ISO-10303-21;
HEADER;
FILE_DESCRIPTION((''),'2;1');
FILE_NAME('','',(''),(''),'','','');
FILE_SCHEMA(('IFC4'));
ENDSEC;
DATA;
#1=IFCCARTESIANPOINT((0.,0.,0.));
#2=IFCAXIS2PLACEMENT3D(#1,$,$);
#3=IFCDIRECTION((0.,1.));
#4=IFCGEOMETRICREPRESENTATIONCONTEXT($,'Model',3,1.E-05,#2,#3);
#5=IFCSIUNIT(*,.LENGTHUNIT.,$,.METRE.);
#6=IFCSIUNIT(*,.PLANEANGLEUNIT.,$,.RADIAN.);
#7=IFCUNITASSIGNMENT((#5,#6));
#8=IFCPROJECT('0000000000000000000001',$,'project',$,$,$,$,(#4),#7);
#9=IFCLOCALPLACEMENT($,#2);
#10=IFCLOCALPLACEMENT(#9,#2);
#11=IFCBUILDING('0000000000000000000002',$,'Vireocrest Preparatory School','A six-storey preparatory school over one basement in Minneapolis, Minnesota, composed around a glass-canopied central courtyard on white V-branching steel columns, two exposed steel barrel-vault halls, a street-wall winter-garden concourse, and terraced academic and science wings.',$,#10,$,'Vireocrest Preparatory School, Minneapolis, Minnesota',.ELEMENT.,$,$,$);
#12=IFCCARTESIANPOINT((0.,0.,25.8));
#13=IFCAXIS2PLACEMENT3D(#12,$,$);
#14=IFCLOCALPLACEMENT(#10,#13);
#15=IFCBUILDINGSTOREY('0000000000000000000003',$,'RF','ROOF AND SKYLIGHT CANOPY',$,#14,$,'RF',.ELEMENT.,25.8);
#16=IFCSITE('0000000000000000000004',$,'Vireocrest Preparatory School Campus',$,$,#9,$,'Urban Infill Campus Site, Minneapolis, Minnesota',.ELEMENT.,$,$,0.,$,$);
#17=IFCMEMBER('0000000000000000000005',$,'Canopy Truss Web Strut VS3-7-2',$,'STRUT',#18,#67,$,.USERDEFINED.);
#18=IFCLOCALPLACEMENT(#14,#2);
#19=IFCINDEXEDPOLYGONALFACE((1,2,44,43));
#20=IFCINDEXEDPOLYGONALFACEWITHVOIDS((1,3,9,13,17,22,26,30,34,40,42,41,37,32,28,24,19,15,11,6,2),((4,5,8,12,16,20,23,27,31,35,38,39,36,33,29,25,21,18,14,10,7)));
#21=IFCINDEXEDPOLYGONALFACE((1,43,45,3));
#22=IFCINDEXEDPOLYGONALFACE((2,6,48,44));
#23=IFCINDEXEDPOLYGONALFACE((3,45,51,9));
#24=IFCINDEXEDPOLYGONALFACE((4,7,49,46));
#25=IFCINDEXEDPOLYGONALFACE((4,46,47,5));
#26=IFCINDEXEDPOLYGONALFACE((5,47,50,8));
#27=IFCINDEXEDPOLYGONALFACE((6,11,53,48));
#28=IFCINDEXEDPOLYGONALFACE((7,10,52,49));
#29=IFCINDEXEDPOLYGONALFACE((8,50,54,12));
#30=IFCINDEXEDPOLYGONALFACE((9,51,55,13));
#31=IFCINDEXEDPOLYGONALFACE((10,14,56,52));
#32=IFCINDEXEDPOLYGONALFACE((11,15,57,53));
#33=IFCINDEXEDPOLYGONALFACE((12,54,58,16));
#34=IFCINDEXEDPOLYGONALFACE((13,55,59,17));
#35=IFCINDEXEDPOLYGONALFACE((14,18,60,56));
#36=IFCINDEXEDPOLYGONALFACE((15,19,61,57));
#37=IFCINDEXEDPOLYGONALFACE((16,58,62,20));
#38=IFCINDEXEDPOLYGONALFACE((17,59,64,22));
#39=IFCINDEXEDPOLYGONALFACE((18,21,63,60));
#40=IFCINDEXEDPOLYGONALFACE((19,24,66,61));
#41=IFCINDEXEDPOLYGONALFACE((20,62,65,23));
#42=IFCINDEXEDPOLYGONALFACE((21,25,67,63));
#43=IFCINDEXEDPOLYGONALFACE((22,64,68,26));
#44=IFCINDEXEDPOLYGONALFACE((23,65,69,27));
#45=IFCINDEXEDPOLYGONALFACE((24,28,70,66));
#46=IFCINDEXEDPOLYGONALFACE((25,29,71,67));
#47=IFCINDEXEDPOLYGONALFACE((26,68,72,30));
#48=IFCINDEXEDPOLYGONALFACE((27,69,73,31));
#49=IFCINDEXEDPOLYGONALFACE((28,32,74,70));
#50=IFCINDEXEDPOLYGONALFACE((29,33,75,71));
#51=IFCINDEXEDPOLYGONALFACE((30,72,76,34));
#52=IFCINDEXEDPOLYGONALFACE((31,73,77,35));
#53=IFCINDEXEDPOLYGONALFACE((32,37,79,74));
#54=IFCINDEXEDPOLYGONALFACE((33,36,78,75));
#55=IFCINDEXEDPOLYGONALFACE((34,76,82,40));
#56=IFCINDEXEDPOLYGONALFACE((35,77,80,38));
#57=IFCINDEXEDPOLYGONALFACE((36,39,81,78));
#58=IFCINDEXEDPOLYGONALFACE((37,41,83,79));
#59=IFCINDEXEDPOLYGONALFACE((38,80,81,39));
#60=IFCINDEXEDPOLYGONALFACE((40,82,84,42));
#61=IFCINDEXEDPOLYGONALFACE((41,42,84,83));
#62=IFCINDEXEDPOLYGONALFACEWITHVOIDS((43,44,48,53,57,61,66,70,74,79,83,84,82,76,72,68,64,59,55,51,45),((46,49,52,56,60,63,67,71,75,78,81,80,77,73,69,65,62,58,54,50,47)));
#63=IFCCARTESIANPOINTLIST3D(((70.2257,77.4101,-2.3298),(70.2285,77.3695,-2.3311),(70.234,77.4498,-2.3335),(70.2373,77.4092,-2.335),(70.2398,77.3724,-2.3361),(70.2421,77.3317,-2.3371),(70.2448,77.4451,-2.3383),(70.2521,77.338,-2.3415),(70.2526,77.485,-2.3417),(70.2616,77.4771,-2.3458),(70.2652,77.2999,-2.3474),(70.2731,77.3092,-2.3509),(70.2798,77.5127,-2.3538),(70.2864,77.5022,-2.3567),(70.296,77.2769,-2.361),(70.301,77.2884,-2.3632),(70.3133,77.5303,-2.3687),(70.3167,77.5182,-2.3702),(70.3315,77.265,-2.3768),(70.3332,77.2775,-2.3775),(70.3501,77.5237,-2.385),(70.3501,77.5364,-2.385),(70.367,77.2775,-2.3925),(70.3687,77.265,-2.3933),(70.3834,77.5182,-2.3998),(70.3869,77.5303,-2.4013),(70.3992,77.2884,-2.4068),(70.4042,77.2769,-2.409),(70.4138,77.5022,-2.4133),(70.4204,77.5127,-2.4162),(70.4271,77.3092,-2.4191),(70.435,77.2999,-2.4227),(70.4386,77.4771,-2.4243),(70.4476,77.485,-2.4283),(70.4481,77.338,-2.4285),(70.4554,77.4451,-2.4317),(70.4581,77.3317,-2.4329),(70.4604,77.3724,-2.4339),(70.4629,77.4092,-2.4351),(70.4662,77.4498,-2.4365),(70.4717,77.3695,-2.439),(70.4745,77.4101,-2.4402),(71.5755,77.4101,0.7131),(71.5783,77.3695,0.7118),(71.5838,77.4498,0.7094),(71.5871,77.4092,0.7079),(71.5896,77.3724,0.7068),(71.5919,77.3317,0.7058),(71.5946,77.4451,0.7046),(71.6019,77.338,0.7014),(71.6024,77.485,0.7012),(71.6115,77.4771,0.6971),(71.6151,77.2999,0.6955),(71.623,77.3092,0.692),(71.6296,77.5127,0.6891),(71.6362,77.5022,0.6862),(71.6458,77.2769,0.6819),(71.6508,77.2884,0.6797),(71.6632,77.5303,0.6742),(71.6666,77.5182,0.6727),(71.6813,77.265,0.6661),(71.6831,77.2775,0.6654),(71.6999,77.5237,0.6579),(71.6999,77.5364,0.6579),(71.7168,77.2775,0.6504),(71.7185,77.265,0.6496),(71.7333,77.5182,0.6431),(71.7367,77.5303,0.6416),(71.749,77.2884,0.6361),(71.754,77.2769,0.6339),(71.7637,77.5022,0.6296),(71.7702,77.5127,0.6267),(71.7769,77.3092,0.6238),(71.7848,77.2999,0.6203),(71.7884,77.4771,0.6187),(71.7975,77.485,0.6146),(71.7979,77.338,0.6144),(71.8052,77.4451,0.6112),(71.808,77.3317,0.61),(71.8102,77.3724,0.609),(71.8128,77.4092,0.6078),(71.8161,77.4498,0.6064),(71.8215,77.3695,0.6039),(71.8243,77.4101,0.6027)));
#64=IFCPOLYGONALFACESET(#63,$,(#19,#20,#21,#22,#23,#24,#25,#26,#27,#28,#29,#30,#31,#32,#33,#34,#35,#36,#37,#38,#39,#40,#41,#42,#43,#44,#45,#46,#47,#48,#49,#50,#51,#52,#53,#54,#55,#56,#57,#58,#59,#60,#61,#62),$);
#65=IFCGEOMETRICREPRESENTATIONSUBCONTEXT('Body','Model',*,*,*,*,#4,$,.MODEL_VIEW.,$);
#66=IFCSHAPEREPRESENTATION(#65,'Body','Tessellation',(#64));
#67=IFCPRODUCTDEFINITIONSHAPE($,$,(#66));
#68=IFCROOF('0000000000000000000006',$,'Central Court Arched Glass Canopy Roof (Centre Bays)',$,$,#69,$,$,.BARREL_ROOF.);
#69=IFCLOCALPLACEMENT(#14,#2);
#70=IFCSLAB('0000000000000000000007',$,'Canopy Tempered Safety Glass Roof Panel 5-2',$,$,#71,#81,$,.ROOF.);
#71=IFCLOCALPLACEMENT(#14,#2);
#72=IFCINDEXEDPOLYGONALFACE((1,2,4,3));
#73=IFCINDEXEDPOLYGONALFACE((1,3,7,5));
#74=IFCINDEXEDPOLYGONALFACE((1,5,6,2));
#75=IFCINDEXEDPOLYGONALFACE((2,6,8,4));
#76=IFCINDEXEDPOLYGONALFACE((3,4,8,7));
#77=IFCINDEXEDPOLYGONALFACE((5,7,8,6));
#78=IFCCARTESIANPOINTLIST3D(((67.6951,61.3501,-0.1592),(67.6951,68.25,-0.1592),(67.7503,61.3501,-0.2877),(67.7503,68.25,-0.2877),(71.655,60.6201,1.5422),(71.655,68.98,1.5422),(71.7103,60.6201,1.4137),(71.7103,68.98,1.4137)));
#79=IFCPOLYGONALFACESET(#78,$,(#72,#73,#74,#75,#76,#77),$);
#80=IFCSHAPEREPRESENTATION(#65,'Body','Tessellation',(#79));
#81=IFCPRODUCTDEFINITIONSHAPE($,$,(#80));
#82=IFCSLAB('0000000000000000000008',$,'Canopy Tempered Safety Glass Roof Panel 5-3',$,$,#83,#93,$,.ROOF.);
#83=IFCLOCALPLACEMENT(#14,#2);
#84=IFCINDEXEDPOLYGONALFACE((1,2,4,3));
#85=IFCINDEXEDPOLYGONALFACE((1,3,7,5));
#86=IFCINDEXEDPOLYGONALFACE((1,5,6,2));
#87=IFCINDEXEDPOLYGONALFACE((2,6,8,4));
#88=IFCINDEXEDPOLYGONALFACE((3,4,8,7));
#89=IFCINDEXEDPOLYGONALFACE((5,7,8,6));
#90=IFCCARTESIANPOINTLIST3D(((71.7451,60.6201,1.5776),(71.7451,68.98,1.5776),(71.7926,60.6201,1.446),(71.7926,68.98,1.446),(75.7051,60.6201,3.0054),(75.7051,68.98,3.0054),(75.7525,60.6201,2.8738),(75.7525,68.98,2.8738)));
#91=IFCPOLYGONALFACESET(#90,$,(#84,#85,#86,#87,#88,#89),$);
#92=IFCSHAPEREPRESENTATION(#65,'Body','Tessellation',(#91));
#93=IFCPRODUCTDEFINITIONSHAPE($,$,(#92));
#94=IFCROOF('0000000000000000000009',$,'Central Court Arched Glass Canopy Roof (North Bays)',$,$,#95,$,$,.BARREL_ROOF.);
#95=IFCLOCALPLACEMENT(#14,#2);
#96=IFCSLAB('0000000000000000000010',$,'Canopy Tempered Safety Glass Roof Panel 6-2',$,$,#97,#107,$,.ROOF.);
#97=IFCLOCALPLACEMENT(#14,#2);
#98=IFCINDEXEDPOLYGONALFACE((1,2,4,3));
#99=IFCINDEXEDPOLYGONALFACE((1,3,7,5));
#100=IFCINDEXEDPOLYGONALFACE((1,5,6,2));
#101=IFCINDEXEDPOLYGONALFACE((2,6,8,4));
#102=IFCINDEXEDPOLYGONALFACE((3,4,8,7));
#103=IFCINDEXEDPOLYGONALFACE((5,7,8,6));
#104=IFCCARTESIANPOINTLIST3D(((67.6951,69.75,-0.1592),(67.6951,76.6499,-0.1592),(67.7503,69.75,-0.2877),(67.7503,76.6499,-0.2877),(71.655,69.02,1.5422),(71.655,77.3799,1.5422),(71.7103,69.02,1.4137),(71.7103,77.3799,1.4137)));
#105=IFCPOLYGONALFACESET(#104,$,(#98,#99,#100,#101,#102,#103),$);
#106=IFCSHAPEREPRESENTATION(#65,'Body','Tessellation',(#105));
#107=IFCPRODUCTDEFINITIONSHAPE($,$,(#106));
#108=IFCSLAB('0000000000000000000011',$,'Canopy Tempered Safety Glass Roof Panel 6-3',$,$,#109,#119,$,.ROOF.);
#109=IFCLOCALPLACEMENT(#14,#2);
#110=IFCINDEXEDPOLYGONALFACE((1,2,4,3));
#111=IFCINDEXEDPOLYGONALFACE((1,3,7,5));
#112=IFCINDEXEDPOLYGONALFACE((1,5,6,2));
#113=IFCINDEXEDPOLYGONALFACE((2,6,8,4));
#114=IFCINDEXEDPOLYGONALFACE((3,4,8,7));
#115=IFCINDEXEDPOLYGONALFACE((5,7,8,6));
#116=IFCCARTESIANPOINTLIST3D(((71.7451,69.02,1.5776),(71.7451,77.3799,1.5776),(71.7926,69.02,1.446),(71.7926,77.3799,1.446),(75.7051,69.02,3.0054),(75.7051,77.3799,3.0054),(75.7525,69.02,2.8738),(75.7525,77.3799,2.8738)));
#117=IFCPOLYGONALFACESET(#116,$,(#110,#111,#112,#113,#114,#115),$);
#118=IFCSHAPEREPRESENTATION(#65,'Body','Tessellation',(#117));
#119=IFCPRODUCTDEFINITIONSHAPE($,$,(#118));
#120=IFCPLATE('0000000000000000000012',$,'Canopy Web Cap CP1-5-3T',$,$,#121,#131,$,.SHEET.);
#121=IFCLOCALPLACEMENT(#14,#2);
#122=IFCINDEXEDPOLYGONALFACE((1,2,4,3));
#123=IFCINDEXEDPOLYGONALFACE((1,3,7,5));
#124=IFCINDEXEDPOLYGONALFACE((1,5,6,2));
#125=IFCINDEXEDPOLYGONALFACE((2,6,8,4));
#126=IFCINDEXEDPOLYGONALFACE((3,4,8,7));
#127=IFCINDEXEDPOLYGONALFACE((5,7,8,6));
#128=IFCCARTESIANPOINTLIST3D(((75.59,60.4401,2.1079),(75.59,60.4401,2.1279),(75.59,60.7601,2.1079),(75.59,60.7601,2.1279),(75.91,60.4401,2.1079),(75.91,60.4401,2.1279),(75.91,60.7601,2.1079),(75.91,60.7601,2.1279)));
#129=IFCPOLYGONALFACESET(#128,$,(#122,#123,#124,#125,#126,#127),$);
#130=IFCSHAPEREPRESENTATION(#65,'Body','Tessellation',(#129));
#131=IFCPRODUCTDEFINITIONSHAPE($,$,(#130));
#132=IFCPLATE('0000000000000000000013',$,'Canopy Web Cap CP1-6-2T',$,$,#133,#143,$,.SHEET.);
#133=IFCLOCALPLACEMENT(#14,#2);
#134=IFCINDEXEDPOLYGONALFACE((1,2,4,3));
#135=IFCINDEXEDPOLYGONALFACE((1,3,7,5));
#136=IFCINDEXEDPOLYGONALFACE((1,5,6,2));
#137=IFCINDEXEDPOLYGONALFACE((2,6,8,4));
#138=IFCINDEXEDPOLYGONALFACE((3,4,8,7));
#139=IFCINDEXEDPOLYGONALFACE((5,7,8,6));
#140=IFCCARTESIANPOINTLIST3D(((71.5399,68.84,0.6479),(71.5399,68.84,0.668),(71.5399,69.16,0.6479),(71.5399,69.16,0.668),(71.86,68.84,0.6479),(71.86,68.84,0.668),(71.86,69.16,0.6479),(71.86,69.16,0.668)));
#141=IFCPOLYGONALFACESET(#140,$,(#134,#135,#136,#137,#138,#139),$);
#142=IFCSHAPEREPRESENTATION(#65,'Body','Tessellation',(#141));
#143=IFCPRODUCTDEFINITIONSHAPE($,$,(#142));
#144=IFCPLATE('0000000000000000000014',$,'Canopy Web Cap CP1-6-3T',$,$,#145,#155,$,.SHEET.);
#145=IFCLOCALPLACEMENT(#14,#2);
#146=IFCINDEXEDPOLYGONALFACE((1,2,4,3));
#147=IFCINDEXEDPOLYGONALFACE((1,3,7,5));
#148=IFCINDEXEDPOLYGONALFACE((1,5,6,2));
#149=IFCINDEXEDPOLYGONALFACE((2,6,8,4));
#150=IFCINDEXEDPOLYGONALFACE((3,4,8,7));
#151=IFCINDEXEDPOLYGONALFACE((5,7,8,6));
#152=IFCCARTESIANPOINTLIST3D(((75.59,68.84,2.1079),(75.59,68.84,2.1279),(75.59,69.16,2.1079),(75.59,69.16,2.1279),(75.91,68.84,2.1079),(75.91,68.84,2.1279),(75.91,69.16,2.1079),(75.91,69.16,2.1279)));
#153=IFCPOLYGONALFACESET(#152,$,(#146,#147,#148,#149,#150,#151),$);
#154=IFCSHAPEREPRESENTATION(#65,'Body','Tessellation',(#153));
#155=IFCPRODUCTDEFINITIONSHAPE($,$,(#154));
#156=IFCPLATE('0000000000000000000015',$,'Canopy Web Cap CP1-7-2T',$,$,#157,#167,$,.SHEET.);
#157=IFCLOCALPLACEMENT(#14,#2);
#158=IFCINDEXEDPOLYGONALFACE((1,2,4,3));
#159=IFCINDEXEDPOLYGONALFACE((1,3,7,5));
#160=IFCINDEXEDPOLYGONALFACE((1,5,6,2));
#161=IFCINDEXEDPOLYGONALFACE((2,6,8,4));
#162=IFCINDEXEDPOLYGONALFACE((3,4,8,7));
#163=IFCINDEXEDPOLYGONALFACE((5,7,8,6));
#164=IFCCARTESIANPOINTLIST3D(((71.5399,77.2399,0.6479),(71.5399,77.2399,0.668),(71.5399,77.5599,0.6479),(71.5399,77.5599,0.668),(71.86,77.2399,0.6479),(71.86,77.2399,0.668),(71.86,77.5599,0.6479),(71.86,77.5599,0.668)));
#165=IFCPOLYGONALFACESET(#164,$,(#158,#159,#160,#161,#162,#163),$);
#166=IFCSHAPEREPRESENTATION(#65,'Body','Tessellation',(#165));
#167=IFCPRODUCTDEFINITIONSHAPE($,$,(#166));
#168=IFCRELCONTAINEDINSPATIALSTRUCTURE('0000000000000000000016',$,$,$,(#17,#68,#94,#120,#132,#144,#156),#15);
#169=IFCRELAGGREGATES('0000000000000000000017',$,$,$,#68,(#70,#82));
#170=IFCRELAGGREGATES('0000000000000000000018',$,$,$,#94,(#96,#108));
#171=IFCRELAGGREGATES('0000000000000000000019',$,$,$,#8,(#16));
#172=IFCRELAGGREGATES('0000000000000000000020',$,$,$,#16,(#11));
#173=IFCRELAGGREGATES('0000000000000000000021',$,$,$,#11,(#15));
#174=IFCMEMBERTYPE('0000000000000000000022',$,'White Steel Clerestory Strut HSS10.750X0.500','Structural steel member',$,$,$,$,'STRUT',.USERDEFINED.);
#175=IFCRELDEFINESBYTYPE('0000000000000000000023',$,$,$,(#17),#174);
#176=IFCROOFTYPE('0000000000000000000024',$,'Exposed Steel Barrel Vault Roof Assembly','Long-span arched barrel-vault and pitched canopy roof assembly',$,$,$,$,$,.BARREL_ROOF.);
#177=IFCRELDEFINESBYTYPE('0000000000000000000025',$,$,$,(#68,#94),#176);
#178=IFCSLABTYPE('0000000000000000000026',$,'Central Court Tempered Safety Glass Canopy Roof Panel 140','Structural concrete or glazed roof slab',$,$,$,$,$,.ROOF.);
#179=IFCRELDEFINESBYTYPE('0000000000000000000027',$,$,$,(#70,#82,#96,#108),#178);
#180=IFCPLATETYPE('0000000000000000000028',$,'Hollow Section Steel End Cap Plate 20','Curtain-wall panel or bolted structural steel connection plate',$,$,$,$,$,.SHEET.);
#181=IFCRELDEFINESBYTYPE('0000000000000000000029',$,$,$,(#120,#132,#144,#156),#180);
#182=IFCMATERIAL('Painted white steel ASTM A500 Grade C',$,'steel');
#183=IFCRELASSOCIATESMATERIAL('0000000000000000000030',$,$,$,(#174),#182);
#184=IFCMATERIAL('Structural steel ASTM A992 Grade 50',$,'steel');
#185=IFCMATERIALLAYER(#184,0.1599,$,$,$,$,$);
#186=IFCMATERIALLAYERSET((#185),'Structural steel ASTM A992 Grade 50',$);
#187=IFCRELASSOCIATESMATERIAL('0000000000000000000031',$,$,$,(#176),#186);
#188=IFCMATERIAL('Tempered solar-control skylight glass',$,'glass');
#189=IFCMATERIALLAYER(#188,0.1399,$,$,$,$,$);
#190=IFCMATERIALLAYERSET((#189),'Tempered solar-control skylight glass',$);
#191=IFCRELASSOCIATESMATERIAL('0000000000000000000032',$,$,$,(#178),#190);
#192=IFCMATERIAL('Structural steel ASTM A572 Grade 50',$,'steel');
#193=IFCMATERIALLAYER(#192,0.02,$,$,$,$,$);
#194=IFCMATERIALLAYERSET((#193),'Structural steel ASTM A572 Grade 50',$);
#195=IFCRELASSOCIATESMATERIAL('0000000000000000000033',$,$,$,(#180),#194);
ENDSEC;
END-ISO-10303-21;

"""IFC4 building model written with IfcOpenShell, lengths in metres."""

from ifc_helpers import new_model, si_unit, direction, frame, origin, origin_2d, place, context, subcontext, project, spatial, polyline, rectangle, hollow_circle, outline, extrude, material, layer, layer_set, material_profile, profile_set, type_object, element, aggregate, save


model = new_model("IFC4")

# Units and contexts
model_context = context("Model", 3, precision=1e-05, world=origin(), true_north=direction((0.0, 1.0)))
body_context = subcontext(model_context, "Body", "Model", "MODEL_VIEW")
ifc_project = project(units=[si_unit("LENGTHUNIT", "METRE"), si_unit("PLANEANGLEUNIT", "RADIAN")], contexts=[model_context])

# Site, building, storey
site_placement = place(None, origin())
site = spatial("IfcSite", under=ifc_project, at=site_placement, Name="Vireocrest Preparatory School Campus", LongName="Urban Infill Campus Site, Minneapolis, Minnesota", CompositionType="ELEMENT", RefElevation=0.0)
building_placement = place(site_placement, origin())
building = spatial("IfcBuilding", under=site, at=building_placement, Name="Vireocrest Preparatory School", Description="A six-storey preparatory school over one basement in Minneapolis, Minnesota, composed around a glass-canopied central courtyard on white V-branching steel columns, two exposed steel barrel-vault halls, a street-wall winter-garden concourse, and terraced academic and science wings.", LongName="Vireocrest Preparatory School, Minneapolis, Minnesota", CompositionType="ELEMENT")
storey_placement = place(building_placement, frame((0.0, 0.0, 25.8)))
storey = spatial("IfcBuildingStorey", under=building, at=storey_placement, Name="RF", Description="ROOF AND SKYLIGHT CANOPY", LongName="RF", CompositionType="ELEMENT", Elevation=25.8)

# Shared definitions
ifc_material_1 = material(Name="Painted white steel ASTM A500 Grade C", Category="steel")

# Shared definitions
ifc_material_2 = material(Name="Structural steel ASTM A992 Grade 50", Category="steel")

# Member
ifc_material_profile_1 = material_profile(ifc_material_1, hollow_circle(Radius=0.1365, WallThickness=0.0127, at=origin_2d()), Name="HSS10.750X0.500")
ifc_profile_set_1 = profile_set([ifc_material_profile_1], Name="Painted white steel ASTM A500 Grade C")
member_type_1 = type_object("IfcMemberType", Name="White Steel Clerestory Strut HSS10.750X0.500", Description="Structural steel member", ElementType="STRUT", PredefinedType="USERDEFINED", material=ifc_profile_set_1)
member_1_placement = place(storey_placement, frame((70.3501, 77.3999, -2.385), z_axis=(0.405492, 0.0, 0.914099), x_axis=(0.0, 1.0, 0.0)))
element("IfcMember", 1, at=member_1_placement, inside=storey, type_object=member_type_1, Name="Canopy Truss Web Strut VS3-7-2", ObjectType="STRUT", PredefinedType="USERDEFINED", context=body_context, shape_type="SweptSolid", body=[
    extrude(hollow_circle(Radius=0.1365, WallThickness=0.0127, at=origin_2d()), origin(), (0.0, 0.0, 1.0), 3.3289),
])

# Roofs, slabs
ifc_layer_1 = layer(ifc_material_2, 0.1599)
ifc_layer_set_1 = layer_set([ifc_layer_1], Name="Structural steel ASTM A992 Grade 50")
roof_type = type_object("IfcRoofType", Name="Exposed Steel Barrel Vault Roof Assembly", Description="Long-span arched barrel-vault and pitched canopy roof assembly", PredefinedType="BARREL_ROOF", material=ifc_layer_set_1)
roof_1_placement = place(storey_placement, origin())
roof_1 = element("IfcRoof", 2, at=roof_1_placement, inside=storey, type_object=roof_type, Name="Central Court Arched Glass Canopy Roof (Centre Bays)", PredefinedType="BARREL_ROOF")
ifc_material_3 = material(Name="Tempered solar-control skylight glass", Category="glass")
ifc_layer_2 = layer(ifc_material_3, 0.1399)
ifc_layer_set_2 = layer_set([ifc_layer_2], Name="Tempered solar-control skylight glass")
slab_type = type_object("IfcSlabType", Name="Central Court Tempered Safety Glass Canopy Roof Panel 140", Description="Structural concrete or glazed roof slab", PredefinedType="ROOF", material=ifc_layer_set_2)
slab_1_placement = place(storey_placement, frame((67.6951, 61.3501, -0.1592), z_axis=(-0.39476, 0.0, 0.918784), x_axis=(0.905883, -0.166991, 0.389217)))
slab_1 = element("IfcSlab", 3, at=slab_1_placement, type_object=slab_type, Name="Canopy Tempered Safety Glass Roof Panel 5-2", PredefinedType="ROOF", context=body_context, shape_type="SweptSolid", body=[
    extrude(outline(polyline([(0.0, 0.0), (4.3714, 0.0), (2.9754, 8.2425), (-1.1522, 6.803), (0.0, 0.0)])), origin(), (0.0, 0.0, -1.0), 0.1399),
])
slab_2_placement = place(storey_placement, frame((71.7451, 60.6201, 1.5776), z_axis=(-0.339171, 0.0, 0.940725), x_axis=(0.940725, 0.0, 0.339171)))
slab_2 = element("IfcSlab", 4, at=slab_2_placement, type_object=slab_type, Name="Canopy Tempered Safety Glass Roof Panel 5-3", PredefinedType="ROOF", context=body_context, shape_type="SweptSolid", body=[
    extrude(outline(polyline([(0.0, 0.0), (4.2095, 0.0), (4.2095, 8.3599), (0.0, 8.3599), (0.0, 0.0)])), origin(), (0.0, 0.0, -1.0), 0.1399),
])
aggregate(roof_1, [slab_1, slab_2])
roof_2_placement = place(storey_placement, origin())
roof_2 = element("IfcRoof", 5, at=roof_2_placement, inside=storey, type_object=roof_type, Name="Central Court Arched Glass Canopy Roof (North Bays)", PredefinedType="BARREL_ROOF")
slab_3_placement = place(storey_placement, frame((67.6951, 69.75, -0.1592), z_axis=(-0.39476, 0.0, 0.918784), x_axis=(0.905883, -0.166991, 0.389217)))
slab_3 = element("IfcSlab", 6, at=slab_3_placement, type_object=slab_type, Name="Canopy Tempered Safety Glass Roof Panel 6-2", PredefinedType="ROOF", context=body_context, shape_type="SweptSolid", body=[
    extrude(outline(polyline([(0.0, 0.0), (4.3714, 0.0), (2.9754, 8.2425), (-1.1522, 6.803), (0.0, 0.0)])), origin(), (0.0, 0.0, -1.0), 0.1399),
])
slab_4_placement = place(storey_placement, frame((71.7451, 69.02, 1.5776), z_axis=(-0.339171, 0.0, 0.940725), x_axis=(0.940725, 0.0, 0.339171)))
slab_4 = element("IfcSlab", 7, at=slab_4_placement, type_object=slab_type, Name="Canopy Tempered Safety Glass Roof Panel 6-3", PredefinedType="ROOF", context=body_context, shape_type="SweptSolid", body=[
    extrude(outline(polyline([(0.0, 0.0), (4.2095, 0.0), (4.2095, 8.3599), (0.0, 8.3599), (0.0, 0.0)])), origin(), (0.0, 0.0, -1.0), 0.1399),
])
aggregate(roof_2, [slab_3, slab_4])

# Plates
ifc_material_4 = material(Name="Structural steel ASTM A572 Grade 50", Category="steel")
ifc_layer_3 = layer(ifc_material_4, 0.02)
ifc_layer_set_3 = layer_set([ifc_layer_3], Name="Structural steel ASTM A572 Grade 50")
plate_type = type_object("IfcPlateType", Name="Hollow Section Steel End Cap Plate 20", Description="Curtain-wall panel or bolted structural steel connection plate", PredefinedType="SHEET", material=ifc_layer_set_3)
for number, where, z_axis, x_axis, name in (
    (8, (75.75, 60.6001, 2.1079), (0.0, 0.0, 1.0), (1.0, 0.0, 0.0), "Canopy Web Cap CP1-5-3T"),
    (9, (71.7, 69.0, 0.6479), (0.0, 0.0, 1.0), (1.0, 0.0, 0.0), "Canopy Web Cap CP1-6-2T"),
    (10, (75.75, 69.0, 2.1079), (0.0, 0.0, 1.0), (1.0, 0.0, 0.0), "Canopy Web Cap CP1-6-3T"),
    (11, (71.7, 77.3999, 0.6479), (0.0, 0.0, 1.0), (1.0, 0.0, 0.0), "Canopy Web Cap CP1-7-2T"),
):
    element("IfcPlate", number, at=place(storey_placement, frame(where, z_axis=z_axis, x_axis=x_axis)), inside=storey, type_object=plate_type, Name=name, PredefinedType="SHEET", context=body_context, shape_type="SweptSolid", body=[
        extrude(rectangle(XDim=0.3201, YDim=0.3201, at=origin_2d()), origin(), (0.0, 0.0, 1.0), 0.02),
    ])

save(model, "model.ifc")
